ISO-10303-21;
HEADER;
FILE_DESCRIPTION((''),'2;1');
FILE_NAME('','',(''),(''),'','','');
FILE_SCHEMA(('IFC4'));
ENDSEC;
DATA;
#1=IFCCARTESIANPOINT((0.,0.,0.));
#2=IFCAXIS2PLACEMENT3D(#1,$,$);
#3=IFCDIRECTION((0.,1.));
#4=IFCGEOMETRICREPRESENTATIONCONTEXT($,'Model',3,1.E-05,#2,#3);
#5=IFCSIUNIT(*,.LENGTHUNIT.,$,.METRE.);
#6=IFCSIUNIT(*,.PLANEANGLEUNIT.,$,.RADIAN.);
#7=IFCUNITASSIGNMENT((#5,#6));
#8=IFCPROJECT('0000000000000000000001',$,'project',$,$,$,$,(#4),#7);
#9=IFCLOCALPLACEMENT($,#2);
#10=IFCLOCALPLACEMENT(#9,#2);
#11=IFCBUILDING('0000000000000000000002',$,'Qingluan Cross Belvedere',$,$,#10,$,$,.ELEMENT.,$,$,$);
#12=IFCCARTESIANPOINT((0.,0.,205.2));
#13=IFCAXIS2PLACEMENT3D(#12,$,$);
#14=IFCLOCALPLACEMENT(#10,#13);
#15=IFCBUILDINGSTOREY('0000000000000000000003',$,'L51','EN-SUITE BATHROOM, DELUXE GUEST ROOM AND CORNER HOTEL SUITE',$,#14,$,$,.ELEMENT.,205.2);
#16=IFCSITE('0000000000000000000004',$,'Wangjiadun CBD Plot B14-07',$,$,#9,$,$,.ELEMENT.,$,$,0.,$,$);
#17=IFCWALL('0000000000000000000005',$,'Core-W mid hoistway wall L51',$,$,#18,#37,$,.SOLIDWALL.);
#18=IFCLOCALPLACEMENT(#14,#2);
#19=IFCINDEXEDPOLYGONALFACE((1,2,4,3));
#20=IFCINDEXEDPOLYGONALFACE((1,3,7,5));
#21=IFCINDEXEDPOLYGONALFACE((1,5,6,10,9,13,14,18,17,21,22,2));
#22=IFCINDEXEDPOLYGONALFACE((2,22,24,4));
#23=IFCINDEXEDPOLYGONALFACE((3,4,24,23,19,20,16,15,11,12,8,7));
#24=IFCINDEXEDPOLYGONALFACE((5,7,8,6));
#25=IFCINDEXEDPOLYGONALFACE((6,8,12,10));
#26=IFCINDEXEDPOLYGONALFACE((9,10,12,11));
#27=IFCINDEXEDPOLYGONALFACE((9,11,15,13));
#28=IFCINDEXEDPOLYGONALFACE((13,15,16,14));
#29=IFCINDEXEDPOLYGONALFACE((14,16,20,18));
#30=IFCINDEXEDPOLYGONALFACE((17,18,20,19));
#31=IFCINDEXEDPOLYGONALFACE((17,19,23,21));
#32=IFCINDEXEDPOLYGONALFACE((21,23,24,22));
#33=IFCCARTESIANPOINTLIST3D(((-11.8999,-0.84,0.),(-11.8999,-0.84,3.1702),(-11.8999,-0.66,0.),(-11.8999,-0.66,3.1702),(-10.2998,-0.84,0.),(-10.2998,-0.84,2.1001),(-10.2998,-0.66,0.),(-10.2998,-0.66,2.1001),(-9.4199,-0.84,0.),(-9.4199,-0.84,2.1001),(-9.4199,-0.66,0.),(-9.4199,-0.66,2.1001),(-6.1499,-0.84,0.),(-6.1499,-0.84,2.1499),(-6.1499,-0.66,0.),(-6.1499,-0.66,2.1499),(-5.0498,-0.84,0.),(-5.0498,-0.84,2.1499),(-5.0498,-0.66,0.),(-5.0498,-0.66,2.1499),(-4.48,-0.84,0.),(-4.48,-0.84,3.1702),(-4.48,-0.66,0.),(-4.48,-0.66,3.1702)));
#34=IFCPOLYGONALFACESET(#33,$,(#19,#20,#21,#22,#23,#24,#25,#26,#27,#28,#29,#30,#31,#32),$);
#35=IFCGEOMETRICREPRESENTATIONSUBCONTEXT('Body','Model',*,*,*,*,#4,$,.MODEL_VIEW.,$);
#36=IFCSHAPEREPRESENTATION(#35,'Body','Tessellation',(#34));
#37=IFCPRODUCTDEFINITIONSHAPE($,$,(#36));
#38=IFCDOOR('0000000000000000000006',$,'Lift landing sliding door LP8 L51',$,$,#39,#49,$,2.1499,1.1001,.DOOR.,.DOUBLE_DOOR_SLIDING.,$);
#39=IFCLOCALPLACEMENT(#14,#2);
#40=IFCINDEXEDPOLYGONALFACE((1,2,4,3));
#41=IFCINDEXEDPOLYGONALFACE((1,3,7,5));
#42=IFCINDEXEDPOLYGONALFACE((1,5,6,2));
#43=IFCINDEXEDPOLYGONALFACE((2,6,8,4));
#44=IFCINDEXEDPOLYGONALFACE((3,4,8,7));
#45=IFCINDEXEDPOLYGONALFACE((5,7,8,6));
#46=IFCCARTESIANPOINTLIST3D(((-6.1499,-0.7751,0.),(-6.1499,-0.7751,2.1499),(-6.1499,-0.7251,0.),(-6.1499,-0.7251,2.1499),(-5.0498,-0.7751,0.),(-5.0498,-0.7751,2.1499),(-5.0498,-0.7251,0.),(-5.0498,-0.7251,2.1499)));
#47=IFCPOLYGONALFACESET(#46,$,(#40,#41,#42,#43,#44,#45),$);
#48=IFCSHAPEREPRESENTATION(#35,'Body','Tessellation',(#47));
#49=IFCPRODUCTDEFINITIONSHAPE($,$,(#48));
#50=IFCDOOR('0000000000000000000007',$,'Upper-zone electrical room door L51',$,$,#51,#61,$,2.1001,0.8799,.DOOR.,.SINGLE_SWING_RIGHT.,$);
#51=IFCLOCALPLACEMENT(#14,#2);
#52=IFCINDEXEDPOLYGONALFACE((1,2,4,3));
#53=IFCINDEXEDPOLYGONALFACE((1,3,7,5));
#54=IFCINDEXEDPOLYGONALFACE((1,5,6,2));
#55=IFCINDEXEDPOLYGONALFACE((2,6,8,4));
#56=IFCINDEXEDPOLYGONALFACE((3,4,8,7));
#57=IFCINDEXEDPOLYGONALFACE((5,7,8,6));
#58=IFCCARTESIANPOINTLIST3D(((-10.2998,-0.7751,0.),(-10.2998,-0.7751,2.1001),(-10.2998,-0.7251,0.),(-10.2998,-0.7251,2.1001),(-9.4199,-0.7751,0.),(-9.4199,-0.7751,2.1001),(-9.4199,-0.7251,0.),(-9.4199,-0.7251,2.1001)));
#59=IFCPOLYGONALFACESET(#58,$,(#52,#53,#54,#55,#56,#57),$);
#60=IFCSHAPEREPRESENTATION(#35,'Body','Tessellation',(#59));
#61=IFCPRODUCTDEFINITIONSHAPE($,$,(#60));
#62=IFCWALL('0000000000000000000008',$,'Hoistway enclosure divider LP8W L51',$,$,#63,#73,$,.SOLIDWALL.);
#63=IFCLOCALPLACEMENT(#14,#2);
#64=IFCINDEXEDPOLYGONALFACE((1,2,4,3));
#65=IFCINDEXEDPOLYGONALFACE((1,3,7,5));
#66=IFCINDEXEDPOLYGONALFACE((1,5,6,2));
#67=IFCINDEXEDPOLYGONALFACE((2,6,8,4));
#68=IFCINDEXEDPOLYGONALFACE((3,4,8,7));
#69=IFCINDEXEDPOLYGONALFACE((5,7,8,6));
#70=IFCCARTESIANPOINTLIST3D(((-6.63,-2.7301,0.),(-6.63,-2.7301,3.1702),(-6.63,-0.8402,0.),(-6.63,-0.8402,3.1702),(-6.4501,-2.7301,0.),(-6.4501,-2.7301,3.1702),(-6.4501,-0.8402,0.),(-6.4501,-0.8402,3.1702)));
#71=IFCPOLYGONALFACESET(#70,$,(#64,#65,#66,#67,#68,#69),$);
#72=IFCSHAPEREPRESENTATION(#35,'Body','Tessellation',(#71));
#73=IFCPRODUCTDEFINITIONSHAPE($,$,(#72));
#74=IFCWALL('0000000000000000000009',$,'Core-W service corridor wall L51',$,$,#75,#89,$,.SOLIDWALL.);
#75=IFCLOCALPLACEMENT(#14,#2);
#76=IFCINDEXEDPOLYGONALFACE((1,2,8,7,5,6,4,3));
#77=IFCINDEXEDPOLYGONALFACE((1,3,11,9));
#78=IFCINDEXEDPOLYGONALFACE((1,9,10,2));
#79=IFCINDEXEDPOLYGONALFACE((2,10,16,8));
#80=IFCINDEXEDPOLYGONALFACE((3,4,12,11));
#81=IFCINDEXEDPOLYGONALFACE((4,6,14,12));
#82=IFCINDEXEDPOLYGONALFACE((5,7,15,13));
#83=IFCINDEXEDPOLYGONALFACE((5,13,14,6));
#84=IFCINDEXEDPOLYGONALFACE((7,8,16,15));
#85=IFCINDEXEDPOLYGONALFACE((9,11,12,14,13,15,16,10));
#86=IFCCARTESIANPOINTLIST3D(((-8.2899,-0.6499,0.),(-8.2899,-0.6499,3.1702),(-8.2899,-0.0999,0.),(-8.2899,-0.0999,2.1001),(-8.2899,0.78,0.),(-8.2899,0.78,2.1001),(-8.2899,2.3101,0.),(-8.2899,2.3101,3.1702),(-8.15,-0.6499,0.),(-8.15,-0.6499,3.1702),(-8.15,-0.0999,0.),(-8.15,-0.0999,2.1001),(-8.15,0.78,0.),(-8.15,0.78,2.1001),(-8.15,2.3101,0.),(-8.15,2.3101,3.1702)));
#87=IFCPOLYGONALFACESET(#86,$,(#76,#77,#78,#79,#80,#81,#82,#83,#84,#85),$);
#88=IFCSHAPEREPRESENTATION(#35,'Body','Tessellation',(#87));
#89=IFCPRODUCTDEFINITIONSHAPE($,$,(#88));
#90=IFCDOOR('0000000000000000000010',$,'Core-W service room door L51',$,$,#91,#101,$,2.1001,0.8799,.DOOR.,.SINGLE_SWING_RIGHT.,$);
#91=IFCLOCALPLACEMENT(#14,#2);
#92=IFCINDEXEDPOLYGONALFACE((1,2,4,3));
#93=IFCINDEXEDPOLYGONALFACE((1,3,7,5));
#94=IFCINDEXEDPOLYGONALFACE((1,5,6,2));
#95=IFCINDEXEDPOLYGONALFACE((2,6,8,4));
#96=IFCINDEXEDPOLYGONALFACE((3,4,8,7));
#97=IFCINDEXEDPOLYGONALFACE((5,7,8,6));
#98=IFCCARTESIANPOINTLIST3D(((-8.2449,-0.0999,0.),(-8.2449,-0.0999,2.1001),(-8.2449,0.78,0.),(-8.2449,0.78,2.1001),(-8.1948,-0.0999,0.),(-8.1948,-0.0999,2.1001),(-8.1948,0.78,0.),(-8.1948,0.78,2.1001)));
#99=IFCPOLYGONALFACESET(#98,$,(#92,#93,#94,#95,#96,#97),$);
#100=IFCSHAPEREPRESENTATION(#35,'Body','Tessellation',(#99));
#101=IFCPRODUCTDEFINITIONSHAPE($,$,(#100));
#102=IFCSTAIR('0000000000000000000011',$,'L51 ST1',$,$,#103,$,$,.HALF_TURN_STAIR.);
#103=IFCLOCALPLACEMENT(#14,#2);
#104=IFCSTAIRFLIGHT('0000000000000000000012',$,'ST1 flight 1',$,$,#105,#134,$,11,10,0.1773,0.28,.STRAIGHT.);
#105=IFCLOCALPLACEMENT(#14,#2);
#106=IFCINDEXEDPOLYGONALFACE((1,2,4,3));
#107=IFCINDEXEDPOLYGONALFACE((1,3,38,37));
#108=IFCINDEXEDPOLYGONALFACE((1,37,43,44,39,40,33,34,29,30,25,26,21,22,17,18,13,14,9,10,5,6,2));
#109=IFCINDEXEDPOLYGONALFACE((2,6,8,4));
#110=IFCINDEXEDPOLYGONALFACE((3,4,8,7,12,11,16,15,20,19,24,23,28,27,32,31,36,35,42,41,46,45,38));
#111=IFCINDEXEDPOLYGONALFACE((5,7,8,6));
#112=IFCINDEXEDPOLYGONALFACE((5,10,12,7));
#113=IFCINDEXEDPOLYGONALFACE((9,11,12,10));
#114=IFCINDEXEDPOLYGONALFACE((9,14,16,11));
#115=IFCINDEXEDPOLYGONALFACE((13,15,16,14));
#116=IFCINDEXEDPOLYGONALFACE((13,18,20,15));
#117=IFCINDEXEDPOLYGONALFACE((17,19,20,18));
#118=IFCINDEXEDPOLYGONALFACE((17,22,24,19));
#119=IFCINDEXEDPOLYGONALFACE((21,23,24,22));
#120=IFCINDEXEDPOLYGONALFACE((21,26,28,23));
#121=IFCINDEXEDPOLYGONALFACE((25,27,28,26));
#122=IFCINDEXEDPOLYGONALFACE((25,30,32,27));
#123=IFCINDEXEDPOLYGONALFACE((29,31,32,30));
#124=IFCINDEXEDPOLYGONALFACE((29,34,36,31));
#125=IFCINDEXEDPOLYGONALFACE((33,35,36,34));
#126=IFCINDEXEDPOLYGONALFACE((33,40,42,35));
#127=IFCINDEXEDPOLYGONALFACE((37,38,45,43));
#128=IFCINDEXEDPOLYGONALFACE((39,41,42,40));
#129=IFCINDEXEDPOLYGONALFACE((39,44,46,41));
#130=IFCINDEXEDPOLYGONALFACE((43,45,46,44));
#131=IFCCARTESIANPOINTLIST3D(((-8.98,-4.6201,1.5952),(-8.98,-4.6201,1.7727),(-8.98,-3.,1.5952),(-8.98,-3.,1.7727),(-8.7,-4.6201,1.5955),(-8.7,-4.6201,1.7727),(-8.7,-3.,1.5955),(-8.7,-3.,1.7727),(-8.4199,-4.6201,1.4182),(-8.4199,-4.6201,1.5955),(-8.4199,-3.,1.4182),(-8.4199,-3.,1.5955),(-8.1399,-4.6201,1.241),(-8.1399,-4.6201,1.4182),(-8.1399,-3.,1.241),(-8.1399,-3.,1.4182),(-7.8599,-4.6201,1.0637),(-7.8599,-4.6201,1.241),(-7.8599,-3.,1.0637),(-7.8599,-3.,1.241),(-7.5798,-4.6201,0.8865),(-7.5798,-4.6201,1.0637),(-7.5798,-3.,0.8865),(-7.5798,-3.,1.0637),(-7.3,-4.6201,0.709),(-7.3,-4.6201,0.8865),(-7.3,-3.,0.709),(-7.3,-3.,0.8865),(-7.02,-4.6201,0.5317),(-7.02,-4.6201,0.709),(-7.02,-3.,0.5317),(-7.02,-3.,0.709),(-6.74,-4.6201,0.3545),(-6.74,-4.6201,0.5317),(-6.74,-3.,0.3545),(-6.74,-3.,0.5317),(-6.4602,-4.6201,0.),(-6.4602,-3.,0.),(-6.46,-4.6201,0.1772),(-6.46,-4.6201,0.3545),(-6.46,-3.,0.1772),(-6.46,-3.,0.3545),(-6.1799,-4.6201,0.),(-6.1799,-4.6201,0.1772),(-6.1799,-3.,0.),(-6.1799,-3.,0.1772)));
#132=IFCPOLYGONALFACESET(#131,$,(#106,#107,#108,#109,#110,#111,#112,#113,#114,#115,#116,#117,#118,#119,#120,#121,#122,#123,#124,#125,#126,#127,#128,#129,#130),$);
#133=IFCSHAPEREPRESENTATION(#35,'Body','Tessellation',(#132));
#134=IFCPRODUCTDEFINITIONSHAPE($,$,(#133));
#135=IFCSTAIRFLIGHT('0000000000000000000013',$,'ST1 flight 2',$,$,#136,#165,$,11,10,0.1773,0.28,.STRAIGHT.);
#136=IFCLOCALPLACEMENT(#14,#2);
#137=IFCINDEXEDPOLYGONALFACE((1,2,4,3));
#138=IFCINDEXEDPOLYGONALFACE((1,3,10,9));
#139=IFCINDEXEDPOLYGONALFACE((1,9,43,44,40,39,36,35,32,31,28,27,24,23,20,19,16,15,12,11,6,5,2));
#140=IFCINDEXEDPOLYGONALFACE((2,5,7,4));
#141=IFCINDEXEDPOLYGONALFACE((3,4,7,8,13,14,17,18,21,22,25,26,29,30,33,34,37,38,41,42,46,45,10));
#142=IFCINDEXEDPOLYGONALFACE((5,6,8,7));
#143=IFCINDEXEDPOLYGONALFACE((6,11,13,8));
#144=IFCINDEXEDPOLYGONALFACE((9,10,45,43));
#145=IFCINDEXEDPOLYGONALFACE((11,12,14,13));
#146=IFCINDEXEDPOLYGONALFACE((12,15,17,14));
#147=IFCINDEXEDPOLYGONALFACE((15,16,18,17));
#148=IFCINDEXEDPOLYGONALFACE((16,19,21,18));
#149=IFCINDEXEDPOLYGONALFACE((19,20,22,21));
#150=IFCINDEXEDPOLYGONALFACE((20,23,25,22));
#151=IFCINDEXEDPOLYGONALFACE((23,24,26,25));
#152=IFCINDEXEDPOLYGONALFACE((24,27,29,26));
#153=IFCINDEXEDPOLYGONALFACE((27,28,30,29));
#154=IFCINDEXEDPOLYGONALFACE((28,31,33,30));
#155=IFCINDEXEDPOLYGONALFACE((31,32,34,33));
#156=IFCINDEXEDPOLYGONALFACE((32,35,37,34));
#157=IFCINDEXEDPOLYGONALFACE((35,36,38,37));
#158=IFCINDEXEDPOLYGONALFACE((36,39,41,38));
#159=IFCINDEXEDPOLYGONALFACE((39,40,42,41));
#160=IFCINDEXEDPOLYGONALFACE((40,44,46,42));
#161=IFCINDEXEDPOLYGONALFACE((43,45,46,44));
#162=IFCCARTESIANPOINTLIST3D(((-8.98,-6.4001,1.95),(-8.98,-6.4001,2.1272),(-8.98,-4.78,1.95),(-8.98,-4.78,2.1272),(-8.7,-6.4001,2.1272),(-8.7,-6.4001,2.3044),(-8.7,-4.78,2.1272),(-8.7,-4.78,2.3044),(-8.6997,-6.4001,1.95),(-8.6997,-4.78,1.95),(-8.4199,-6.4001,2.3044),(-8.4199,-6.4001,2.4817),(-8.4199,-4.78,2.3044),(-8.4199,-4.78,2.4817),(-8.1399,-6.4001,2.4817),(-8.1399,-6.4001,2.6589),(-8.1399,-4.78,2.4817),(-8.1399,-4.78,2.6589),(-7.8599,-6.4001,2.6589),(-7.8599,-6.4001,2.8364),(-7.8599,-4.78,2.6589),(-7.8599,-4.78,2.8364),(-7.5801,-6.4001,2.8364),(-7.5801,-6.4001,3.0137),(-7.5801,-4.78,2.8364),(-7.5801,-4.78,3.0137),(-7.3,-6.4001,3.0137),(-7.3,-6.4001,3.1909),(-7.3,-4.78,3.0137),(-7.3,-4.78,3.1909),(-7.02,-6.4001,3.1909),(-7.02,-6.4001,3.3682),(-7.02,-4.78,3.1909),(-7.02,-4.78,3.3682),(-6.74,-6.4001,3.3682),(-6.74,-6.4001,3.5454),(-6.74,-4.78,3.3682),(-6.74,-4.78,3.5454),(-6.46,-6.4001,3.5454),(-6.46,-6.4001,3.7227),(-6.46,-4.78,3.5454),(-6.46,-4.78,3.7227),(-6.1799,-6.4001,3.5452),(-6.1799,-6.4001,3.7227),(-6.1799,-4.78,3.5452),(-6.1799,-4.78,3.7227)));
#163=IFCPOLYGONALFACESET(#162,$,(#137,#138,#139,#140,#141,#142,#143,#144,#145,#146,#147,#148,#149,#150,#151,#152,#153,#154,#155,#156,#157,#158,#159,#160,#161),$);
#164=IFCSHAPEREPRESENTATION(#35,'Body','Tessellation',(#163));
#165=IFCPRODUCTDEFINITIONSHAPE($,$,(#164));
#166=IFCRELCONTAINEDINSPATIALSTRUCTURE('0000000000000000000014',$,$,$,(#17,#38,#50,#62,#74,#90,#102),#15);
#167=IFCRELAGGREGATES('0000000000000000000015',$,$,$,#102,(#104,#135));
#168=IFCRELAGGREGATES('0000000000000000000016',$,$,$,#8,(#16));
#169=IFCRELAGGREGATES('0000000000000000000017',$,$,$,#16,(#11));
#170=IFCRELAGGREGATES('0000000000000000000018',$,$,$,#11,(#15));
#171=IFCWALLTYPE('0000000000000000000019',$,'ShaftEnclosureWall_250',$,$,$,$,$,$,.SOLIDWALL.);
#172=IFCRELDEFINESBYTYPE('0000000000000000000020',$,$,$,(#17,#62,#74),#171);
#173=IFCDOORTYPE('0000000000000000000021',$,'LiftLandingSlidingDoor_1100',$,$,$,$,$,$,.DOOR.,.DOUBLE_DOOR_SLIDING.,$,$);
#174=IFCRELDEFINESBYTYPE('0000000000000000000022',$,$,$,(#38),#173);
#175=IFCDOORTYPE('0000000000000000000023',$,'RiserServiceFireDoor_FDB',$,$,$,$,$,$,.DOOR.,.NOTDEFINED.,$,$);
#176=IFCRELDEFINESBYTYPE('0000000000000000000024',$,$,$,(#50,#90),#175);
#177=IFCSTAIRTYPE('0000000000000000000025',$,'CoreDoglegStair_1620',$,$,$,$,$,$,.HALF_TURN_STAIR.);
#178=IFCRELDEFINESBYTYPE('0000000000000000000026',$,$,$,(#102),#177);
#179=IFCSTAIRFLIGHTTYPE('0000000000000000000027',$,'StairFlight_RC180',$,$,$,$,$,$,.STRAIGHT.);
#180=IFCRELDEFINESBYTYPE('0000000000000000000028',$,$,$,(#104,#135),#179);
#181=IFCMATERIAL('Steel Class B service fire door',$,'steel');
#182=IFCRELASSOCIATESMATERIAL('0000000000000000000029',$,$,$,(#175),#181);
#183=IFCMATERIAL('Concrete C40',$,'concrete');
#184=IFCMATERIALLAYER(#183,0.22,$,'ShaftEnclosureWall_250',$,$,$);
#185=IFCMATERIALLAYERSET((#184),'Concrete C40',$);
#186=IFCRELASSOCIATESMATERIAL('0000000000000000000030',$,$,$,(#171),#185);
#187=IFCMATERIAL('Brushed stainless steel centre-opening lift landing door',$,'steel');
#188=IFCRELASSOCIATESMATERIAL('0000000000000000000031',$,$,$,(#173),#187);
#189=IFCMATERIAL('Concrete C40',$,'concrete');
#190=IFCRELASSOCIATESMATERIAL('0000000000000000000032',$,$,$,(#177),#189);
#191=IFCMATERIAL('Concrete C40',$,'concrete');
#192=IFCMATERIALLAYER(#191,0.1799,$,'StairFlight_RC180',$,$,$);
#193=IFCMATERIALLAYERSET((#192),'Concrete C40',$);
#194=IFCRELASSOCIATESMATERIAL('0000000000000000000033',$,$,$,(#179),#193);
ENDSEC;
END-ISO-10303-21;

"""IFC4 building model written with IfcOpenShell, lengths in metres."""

from ifc_helpers import new_model, si_unit, direction, frame, frame_2d, origin, place, context, subcontext, project, spatial, polyline, rectangle, outline, extrude, material, layer, layer_set, type_object, element, fill, aggregate, save


model = new_model("IFC4")

# Units and contexts
model_context = context("Model", 3, precision=1e-05, world=origin(), true_north=direction((0.0, 1.0)))
body_context = subcontext(model_context, "Body", "Model", "MODEL_VIEW")
ifc_project = project(units=[si_unit("LENGTHUNIT", "METRE"), si_unit("PLANEANGLEUNIT", "RADIAN")], contexts=[model_context])

# Site, building, storey
site_placement = place(None, origin())
site = spatial("IfcSite", under=ifc_project, at=site_placement, Name="Wangjiadun CBD Plot B14-07", CompositionType="ELEMENT", RefElevation=0.0)
building_placement = place(site_placement, origin())
building = spatial("IfcBuilding", under=site, at=building_placement, Name="Qingluan Cross Belvedere", CompositionType="ELEMENT")
storey_placement = place(building_placement, frame((0.0, 0.0, 205.2)))
storey = spatial("IfcBuildingStorey", under=building, at=storey_placement, Name="L51", Description="EN-SUITE BATHROOM, DELUXE GUEST ROOM AND CORNER HOTEL SUITE", CompositionType="ELEMENT", Elevation=205.2)

# Shared definitions
ifc_material_1 = material(Name="Steel Class B service fire door", Category="steel")
door_type_1 = type_object("IfcDoorType", Name="RiserServiceFireDoor_FDB", OperationType="NOTDEFINED", PredefinedType="DOOR", material=ifc_material_1)

# Wall, openings, doors
ifc_material_2 = material(Name="Concrete C40", Category="concrete")
ifc_layer_1 = layer(ifc_material_2, 0.22, Name="ShaftEnclosureWall_250")
ifc_layer_set_1 = layer_set([ifc_layer_1], Name="Concrete C40")
wall_type_1 = type_object("IfcWallType", Name="ShaftEnclosureWall_250", PredefinedType="SOLIDWALL", material=ifc_layer_set_1)
wall_1_placement = place(storey_placement, frame((-11.8999, -0.75, 0.0), z_axis=(0.0, 0.0, 1.0), x_axis=(1.0, 0.0, 0.0)))
wall_1 = element("IfcWall", 1, at=wall_1_placement, inside=storey, type_object=wall_type_1, Name="Core-W mid hoistway wall L51", PredefinedType="SOLIDWALL", context=body_context, shape_type="SweptSolid", body=[
    extrude(rectangle(XDim=7.4199, YDim=0.1799, at=frame_2d((3.71, 0.0))), origin(), (0.0, 0.0, 1.0), 3.1702),
])
opening_1_placement = place(wall_1_placement, frame((5.75, 0.0, 0.0)))
opening_1 = element("IfcOpeningElement", 2, at=opening_1_placement, cuts=wall_1, PredefinedType="OPENING", context=body_context, shape_type="SweptSolid", body=[
    extrude(rectangle(XDim=1.1001, YDim=2.1499, at=frame_2d((0.55, 1.075))), frame((0.0, 0.0999, 0.0), z_axis=(0.0, -1.0, 0.0), x_axis=(1.0, 0.0, 0.0)), (0.0, 0.0, 1.0), 0.2),
])
opening_2_placement = place(wall_1_placement, frame((1.6001, 0.0, 0.0)))
opening_2 = element("IfcOpeningElement", 3, at=opening_2_placement, cuts=wall_1, PredefinedType="OPENING", context=body_context, shape_type="SweptSolid", body=[
    extrude(rectangle(XDim=0.8799, YDim=2.1001, at=frame_2d((0.4399, 1.05))), frame((0.0, 0.0999, 0.0), z_axis=(0.0, -1.0, 0.0), x_axis=(1.0, 0.0, 0.0)), (0.0, 0.0, 1.0), 0.2),
])
ifc_material_3 = material(Name="Brushed stainless steel centre-opening lift landing door", Category="steel")
door_type_2 = type_object("IfcDoorType", Name="LiftLandingSlidingDoor_1100", OperationType="DOUBLE_DOOR_SLIDING", PredefinedType="DOOR", material=ifc_material_3)
door_1_placement = place(opening_1_placement, origin())
door_1 = element("IfcDoor", 4, at=door_1_placement, inside=storey, type_object=door_type_2, Name="Lift landing sliding door LP8 L51", OperationType="DOUBLE_DOOR_SLIDING", OverallHeight=2.1499, OverallWidth=1.1001, PredefinedType="DOOR", context=body_context, shape_type="SweptSolid", body=[
    extrude(rectangle(XDim=1.1001, YDim=2.1499, at=frame_2d((0.55, 1.075))), frame((0.0, 0.0249, 0.0), z_axis=(0.0, -1.0, 0.0), x_axis=(1.0, 0.0, 0.0)), (0.0, 0.0, 1.0), 0.05),
])
fill(opening_1, door_1)
door_2_placement = place(opening_2_placement, origin())
door_2 = element("IfcDoor", 5, at=door_2_placement, inside=storey, type_object=door_type_1, Name="Upper-zone electrical room door L51", OperationType="SINGLE_SWING_RIGHT", OverallHeight=2.1001, OverallWidth=0.8799, PredefinedType="DOOR", context=body_context, shape_type="SweptSolid", body=[
    extrude(rectangle(XDim=0.8799, YDim=2.1001, at=frame_2d((0.4399, 1.05))), frame((0.0, 0.0249, 0.0), z_axis=(0.0, -1.0, 0.0), x_axis=(1.0, 0.0, 0.0)), (0.0, 0.0, 1.0), 0.05),
])
fill(opening_2, door_2)

# Wall
wall_2_placement = place(storey_placement, frame((-6.54, -2.73, 0.0), z_axis=(0.0, 0.0, 1.0), x_axis=(0.0, 1.0, 0.0)))
element("IfcWall", 6, at=wall_2_placement, inside=storey, type_object=wall_type_1, Name="Hoistway enclosure divider LP8W L51", PredefinedType="SOLIDWALL", context=body_context, shape_type="SweptSolid", body=[
    extrude(rectangle(XDim=1.8899, YDim=0.1799, at=frame_2d((0.9448, 0.0))), origin(), (0.0, 0.0, 1.0), 3.1702),
])

# Wall, opening, door
wall_3_placement = place(storey_placement, frame((-8.22, -0.6499, 0.0), z_axis=(0.0, 0.0, 1.0), x_axis=(0.0, 1.0, 0.0)))
wall_3 = element("IfcWall", 7, at=wall_3_placement, inside=storey, type_object=wall_type_1, Name="Core-W service corridor wall L51", PredefinedType="SOLIDWALL", context=body_context, shape_type="SweptSolid", body=[
    extrude(rectangle(XDim=2.96, YDim=0.1399, at=frame_2d((1.48, 0.0))), origin(), (0.0, 0.0, 1.0), 3.1702),
])
opening_3_placement = place(wall_3_placement, frame((0.55, 0.0, 0.0)))
opening_3 = element("IfcOpeningElement", 8, at=opening_3_placement, cuts=wall_3, PredefinedType="OPENING", context=body_context, shape_type="SweptSolid", body=[
    extrude(rectangle(XDim=0.8799, YDim=2.1001, at=frame_2d((0.4399, 1.05))), frame((0.0, 0.0798, 0.0), z_axis=(0.0, -1.0, 0.0), x_axis=(1.0, 0.0, 0.0)), (0.0, 0.0, 1.0), 0.1599),
])
door_3_placement = place(opening_3_placement, origin())
door_3 = element("IfcDoor", 9, at=door_3_placement, inside=storey, type_object=door_type_1, Name="Core-W service room door L51", OperationType="SINGLE_SWING_RIGHT", OverallHeight=2.1001, OverallWidth=0.8799, PredefinedType="DOOR", context=body_context, shape_type="SweptSolid", body=[
    extrude(rectangle(XDim=0.8799, YDim=2.1001, at=frame_2d((0.4399, 1.05))), frame((0.0, 0.0249, 0.0), z_axis=(0.0, -1.0, 0.0), x_axis=(1.0, 0.0, 0.0)), (0.0, 0.0, 1.0), 0.05),
])
fill(opening_3, door_3)

# Stair, stair flights
ifc_material_4 = material(Name="Concrete C40", Category="concrete")
stair_type = type_object("IfcStairType", Name="CoreDoglegStair_1620", PredefinedType="HALF_TURN_STAIR", material=ifc_material_4)
stair_placement = place(storey_placement, origin())
stair = element("IfcStair", 10, at=stair_placement, inside=storey, type_object=stair_type, Name="L51 ST1", PredefinedType="HALF_TURN_STAIR")
ifc_material_5 = material(Name="Concrete C40", Category="concrete")
ifc_layer_2 = layer(ifc_material_5, 0.1799, Name="StairFlight_RC180")
ifc_layer_set_2 = layer_set([ifc_layer_2], Name="Concrete C40")
stair_flight_type = type_object("IfcStairFlightType", Name="StairFlight_RC180", PredefinedType="STRAIGHT", material=ifc_layer_set_2)
stair_flight_1_placement = place(storey_placement, frame((-6.1799, -3.8101, 0.0), z_axis=(0.0, 0.0, 1.0), x_axis=(-1.0, 0.0, 0.0)))
stair_flight_1 = element("IfcStairFlight", 11, at=stair_flight_1_placement, type_object=stair_flight_type, Name="ST1 flight 1", NumberOfRisers=11, NumberOfTreads=10, PredefinedType="STRAIGHT", RiserHeight=0.1773, TreadLength=0.28, context=body_context, shape_type="SweptSolid", body=[
    extrude(outline(polyline([(0.0, 0.0), (0.0, 0.1772), (0.28, 0.1772), (0.28, 0.3545), (0.5601, 0.3545), (0.5601, 0.5317), (0.8401, 0.5317), (0.8401, 0.709), (1.1201, 0.709), (1.1201, 0.8865), (1.3999, 0.8865), (1.3999, 1.0637), (1.6799, 1.0637), (1.6799, 1.241), (1.96, 1.241), (1.96, 1.4182), (2.24, 1.4182), (2.24, 1.5955), (2.52, 1.5955), (2.52, 1.7727), (2.8, 1.7727), (2.8, 1.95), (2.8, 1.5952), (0.2803, 0.0), (0.0, 0.0)])), frame((0.0, 0.8101, 0.0), z_axis=(0.0, -1.0, 0.0), x_axis=(1.0, 0.0, 0.0)), (0.0, 0.0, 1.0), 1.6201),
])
stair_flight_2_placement = place(storey_placement, frame((-8.98, -5.5901, 1.95), z_axis=(0.0, 0.0, 1.0), x_axis=(1.0, 0.0, 0.0)))
stair_flight_2 = element("IfcStairFlight", 12, at=stair_flight_2_placement, type_object=stair_flight_type, Name="ST1 flight 2", NumberOfRisers=11, NumberOfTreads=10, PredefinedType="STRAIGHT", RiserHeight=0.1773, TreadLength=0.28, context=body_context, shape_type="SweptSolid", body=[
    extrude(outline(polyline([(0.0, 0.0), (0.0, 0.1772), (0.28, 0.1772), (0.28, 0.3545), (0.5601, 0.3545), (0.5601, 0.5317), (0.8401, 0.5317), (0.8401, 0.709), (1.1201, 0.709), (1.1201, 0.8865), (1.3999, 0.8865), (1.3999, 1.0637), (1.6799, 1.0637), (1.6799, 1.241), (1.96, 1.241), (1.96, 1.4182), (2.24, 1.4182), (2.24, 1.5955), (2.52, 1.5955), (2.52, 1.7727), (2.8, 1.7727), (2.8, 1.95), (2.8, 1.5952), (0.2803, 0.0), (0.0, 0.0)])), frame((0.0, 0.8101, 0.0), z_axis=(0.0, -1.0, 0.0), x_axis=(1.0, 0.0, 0.0)), (0.0, 0.0, 1.0), 1.6201),
])
aggregate(stair, [stair_flight_1, stair_flight_2])

save(model, "model.ifc")
